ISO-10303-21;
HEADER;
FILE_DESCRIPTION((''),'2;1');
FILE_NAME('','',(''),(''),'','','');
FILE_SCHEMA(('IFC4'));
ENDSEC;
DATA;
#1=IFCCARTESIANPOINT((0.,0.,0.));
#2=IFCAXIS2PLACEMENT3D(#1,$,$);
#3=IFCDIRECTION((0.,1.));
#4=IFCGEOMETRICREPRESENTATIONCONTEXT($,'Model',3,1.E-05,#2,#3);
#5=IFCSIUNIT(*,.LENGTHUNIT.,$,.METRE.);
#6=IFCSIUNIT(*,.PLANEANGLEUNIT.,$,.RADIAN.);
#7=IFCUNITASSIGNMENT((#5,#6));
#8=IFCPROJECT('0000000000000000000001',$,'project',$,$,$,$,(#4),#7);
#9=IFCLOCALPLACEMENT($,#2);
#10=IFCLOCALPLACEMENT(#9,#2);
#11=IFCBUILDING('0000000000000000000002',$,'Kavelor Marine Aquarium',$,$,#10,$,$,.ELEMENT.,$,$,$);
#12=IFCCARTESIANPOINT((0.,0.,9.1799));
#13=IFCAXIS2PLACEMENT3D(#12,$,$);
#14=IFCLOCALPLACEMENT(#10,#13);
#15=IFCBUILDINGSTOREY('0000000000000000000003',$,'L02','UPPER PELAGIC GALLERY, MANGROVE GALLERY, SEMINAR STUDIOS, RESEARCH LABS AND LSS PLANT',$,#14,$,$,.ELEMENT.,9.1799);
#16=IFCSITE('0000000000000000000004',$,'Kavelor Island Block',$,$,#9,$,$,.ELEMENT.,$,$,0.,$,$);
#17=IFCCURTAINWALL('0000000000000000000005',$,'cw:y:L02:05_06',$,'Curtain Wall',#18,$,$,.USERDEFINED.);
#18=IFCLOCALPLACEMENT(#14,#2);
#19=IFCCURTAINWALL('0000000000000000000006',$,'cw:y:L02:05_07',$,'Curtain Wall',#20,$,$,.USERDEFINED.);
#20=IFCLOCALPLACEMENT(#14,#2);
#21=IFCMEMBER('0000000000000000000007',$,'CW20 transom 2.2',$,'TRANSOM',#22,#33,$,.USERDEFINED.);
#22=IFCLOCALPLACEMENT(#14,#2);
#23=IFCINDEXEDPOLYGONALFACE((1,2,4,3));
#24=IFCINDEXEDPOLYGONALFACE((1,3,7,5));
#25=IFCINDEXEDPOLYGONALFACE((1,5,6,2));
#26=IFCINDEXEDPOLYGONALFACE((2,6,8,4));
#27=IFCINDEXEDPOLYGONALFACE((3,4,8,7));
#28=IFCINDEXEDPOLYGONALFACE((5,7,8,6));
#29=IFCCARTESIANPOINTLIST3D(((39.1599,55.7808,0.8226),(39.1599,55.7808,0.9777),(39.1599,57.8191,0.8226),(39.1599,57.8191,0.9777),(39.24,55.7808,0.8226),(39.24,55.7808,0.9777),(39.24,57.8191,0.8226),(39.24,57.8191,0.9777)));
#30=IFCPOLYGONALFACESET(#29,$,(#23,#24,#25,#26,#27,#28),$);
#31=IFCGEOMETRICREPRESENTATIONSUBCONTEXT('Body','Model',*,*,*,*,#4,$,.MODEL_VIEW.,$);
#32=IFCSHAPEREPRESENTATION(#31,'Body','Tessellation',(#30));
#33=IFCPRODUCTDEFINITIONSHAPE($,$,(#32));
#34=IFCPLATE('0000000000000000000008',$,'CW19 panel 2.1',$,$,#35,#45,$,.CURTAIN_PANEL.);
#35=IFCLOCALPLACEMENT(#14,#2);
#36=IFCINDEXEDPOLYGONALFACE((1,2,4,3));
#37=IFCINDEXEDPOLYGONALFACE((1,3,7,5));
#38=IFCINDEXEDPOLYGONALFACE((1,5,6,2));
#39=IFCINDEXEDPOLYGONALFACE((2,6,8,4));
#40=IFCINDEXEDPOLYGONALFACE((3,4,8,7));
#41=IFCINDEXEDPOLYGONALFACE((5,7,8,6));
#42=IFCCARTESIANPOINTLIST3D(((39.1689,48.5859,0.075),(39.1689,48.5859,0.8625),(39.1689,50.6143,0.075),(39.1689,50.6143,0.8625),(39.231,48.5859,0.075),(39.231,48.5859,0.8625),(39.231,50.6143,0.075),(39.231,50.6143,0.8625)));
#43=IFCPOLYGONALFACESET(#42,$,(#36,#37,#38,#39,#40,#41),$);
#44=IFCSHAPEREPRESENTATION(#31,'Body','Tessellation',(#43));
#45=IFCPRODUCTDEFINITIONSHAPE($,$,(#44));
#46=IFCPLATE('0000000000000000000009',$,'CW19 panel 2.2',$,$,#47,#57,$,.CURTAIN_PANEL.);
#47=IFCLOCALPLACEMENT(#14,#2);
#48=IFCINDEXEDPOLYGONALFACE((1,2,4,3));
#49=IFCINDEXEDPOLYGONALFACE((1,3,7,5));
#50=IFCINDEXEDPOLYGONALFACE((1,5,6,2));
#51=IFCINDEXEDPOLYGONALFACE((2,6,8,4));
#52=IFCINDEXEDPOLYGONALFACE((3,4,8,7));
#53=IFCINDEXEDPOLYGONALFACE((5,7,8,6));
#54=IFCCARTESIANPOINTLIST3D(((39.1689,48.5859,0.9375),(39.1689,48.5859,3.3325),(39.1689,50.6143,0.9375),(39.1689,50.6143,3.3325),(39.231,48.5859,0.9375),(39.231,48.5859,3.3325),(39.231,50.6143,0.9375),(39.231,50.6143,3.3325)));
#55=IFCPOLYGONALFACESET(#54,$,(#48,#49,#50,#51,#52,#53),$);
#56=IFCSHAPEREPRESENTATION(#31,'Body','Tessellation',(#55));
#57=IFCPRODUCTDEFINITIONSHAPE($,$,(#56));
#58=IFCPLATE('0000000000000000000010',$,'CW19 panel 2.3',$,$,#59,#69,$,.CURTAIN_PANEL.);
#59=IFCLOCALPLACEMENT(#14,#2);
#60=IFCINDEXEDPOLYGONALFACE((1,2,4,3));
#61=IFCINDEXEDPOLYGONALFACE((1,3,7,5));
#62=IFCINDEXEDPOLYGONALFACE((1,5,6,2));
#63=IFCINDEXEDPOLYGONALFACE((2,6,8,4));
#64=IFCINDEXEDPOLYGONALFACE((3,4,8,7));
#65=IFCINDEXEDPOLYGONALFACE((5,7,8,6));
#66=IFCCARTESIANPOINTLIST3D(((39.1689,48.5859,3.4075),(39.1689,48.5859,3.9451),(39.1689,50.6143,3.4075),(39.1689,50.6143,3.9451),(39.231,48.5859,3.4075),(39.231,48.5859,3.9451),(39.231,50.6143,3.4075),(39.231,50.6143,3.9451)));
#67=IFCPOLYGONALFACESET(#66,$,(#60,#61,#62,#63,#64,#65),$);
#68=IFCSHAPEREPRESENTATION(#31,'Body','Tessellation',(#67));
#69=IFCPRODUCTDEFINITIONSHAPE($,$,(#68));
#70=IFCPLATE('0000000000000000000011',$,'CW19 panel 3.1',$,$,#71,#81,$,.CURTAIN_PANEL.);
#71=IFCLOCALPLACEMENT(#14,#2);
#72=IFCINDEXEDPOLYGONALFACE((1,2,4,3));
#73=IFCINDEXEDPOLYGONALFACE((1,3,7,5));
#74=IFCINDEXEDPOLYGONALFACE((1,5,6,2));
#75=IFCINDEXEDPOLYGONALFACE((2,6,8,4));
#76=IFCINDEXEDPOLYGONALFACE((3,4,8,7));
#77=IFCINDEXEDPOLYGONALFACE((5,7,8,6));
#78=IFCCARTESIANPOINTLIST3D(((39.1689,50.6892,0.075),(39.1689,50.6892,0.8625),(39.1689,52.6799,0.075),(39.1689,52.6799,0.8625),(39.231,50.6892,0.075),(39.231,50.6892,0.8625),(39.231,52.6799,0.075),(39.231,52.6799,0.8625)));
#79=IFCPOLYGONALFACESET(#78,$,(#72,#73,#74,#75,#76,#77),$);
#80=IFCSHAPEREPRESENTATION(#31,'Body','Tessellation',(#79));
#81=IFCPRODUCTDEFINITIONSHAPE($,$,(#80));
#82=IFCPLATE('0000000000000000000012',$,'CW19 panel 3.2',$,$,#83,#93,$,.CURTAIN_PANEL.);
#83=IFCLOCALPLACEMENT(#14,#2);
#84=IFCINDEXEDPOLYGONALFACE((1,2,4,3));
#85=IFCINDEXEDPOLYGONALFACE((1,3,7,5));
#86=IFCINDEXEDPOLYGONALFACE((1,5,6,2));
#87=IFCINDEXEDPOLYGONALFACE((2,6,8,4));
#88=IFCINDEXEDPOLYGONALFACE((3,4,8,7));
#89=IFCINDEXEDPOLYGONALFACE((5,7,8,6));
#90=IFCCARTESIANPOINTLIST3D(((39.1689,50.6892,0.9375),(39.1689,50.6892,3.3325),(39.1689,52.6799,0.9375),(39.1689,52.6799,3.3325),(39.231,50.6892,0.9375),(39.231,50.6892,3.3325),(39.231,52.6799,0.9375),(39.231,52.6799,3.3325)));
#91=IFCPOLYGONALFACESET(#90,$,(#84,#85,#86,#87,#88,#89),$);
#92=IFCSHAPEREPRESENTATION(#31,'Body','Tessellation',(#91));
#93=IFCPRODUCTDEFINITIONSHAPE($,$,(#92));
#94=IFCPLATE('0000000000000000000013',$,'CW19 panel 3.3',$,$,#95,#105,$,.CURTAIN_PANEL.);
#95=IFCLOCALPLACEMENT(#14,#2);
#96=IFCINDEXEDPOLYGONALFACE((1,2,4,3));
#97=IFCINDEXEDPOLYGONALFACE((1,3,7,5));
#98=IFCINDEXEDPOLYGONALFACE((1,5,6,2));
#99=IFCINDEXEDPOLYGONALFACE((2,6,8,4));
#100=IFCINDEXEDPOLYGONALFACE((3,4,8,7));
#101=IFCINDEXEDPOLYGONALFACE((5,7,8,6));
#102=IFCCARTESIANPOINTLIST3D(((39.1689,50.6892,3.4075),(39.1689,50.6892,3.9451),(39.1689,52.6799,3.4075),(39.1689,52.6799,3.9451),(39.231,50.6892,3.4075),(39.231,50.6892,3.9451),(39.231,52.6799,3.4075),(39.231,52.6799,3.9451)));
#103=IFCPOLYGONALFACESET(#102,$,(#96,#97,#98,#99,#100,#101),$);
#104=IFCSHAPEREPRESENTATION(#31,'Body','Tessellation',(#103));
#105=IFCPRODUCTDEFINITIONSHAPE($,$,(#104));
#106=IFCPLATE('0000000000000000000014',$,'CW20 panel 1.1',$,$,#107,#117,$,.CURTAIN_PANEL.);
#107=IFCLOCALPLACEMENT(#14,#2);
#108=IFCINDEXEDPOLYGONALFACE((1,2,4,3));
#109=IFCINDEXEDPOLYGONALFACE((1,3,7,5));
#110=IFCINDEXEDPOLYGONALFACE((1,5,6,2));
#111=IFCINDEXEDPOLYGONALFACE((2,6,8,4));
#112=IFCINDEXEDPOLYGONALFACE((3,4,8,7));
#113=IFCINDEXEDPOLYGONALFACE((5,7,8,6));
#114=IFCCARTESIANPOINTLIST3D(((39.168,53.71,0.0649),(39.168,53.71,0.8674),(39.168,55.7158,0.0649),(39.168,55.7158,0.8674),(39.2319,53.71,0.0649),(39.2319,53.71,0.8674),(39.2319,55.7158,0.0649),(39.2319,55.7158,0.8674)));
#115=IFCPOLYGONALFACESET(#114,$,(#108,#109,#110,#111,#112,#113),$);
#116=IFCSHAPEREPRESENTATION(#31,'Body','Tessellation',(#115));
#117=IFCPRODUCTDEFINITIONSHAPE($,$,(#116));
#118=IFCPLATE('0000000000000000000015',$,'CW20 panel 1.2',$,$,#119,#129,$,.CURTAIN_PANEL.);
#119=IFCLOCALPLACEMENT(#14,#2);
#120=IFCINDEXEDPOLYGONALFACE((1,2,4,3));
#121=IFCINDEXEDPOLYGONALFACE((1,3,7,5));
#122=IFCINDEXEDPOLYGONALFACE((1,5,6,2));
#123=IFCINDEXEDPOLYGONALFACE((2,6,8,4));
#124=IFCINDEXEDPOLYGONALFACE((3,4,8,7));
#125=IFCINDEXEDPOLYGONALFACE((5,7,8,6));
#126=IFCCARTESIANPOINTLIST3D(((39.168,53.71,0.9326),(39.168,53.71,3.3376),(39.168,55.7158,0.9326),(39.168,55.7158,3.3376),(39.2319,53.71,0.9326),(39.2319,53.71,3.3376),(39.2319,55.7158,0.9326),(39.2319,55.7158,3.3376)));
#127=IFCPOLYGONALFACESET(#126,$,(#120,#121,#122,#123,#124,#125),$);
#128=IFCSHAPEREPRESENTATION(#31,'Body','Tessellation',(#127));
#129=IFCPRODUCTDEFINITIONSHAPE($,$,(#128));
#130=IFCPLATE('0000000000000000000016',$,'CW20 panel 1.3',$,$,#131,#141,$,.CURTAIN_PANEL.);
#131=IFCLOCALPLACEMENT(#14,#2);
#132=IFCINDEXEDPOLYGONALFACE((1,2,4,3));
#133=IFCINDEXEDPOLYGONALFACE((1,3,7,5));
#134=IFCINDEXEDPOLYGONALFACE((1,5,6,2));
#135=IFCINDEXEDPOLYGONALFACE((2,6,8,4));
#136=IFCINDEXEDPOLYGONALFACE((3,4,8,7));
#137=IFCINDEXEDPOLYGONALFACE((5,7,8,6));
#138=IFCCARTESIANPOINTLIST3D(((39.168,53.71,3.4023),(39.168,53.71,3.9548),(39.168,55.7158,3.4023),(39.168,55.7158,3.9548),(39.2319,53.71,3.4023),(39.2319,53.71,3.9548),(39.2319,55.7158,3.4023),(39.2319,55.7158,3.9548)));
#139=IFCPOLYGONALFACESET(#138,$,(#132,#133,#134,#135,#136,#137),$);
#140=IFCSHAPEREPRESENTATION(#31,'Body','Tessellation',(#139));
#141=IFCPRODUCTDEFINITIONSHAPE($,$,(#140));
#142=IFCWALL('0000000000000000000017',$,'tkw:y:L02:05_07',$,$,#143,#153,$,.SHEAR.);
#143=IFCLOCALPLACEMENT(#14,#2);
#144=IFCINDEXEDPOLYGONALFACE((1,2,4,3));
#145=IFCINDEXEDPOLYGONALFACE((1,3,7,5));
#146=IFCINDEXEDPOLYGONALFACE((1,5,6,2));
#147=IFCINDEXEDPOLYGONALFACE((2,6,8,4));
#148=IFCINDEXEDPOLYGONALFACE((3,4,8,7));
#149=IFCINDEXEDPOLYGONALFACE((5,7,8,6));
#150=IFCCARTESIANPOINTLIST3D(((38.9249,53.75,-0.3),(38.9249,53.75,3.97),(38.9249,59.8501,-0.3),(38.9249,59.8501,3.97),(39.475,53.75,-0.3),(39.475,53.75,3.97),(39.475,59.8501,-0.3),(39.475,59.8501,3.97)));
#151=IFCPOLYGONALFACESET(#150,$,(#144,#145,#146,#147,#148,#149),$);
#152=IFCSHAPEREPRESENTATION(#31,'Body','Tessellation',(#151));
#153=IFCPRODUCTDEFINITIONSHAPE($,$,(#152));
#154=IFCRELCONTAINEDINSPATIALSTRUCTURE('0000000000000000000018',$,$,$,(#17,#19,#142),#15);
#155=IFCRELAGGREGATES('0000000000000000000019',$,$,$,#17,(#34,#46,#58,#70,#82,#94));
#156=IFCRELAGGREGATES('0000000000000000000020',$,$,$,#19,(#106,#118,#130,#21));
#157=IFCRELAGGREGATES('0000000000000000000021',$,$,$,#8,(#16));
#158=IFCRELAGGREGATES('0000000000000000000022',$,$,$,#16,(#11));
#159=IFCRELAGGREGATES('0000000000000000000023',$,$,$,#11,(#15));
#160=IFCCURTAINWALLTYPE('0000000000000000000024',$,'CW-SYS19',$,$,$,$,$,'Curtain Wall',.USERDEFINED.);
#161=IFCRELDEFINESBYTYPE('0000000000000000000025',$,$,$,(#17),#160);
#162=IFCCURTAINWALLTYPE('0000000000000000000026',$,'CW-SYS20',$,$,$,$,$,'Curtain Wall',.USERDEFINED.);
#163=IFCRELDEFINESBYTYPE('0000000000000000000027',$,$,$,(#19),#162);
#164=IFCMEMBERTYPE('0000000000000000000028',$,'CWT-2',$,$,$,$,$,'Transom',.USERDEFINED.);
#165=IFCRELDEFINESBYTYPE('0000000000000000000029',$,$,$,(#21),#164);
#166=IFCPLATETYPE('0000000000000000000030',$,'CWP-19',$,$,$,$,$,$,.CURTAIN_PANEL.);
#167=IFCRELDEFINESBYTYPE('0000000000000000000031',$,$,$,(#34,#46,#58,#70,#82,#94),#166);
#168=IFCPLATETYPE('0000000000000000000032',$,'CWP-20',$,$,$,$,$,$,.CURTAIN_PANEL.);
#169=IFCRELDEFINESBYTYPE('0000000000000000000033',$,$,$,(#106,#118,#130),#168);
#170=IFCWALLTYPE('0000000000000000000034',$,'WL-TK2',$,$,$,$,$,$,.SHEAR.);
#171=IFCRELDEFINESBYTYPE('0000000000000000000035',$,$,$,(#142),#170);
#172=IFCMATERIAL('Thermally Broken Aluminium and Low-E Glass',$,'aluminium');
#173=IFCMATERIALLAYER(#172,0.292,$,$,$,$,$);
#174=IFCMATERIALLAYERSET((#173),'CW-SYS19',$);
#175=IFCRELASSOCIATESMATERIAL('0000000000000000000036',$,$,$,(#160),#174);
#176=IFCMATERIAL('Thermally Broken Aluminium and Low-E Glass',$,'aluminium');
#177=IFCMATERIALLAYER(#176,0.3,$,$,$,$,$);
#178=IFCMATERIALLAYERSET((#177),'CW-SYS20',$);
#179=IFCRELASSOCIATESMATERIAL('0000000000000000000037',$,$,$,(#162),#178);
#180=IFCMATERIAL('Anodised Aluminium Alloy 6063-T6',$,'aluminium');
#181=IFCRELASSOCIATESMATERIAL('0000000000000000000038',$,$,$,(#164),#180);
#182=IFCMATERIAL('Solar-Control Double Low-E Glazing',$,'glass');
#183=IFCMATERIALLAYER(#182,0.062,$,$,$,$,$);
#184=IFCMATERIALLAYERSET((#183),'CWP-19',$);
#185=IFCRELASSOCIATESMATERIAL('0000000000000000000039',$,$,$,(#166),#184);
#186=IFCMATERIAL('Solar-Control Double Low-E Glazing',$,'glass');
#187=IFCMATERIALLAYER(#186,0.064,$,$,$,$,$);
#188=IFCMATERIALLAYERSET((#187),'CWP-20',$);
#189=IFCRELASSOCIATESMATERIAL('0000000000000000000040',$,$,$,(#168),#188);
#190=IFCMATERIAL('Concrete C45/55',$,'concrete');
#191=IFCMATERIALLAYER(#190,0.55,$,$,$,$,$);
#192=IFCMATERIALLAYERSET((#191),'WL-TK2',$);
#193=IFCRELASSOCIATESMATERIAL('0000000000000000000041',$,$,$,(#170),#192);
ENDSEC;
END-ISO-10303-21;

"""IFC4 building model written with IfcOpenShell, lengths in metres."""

from ifc_helpers import new_model, si_unit, direction, frame, frame_2d, origin, origin_2d, place, context, subcontext, project, spatial, rectangle, extrude, material, layer, layer_set, material_profile, profile_set, type_object, element, aggregate, save


model = new_model("IFC4")

# Units and contexts
model_context = context("Model", 3, precision=1e-05, world=origin(), true_north=direction((0.0, 1.0)))
body_context = subcontext(model_context, "Body", "Model", "MODEL_VIEW")
ifc_project = project(units=[si_unit("LENGTHUNIT", "METRE"), si_unit("PLANEANGLEUNIT", "RADIAN")], contexts=[model_context])

# Site, building, storey
site_placement = place(None, origin())
site = spatial("IfcSite", under=ifc_project, at=site_placement, Name="Kavelor Island Block", CompositionType="ELEMENT", RefElevation=0.0)
building_placement = place(site_placement, origin())
building = spatial("IfcBuilding", under=site, at=building_placement, Name="Kavelor Marine Aquarium", CompositionType="ELEMENT")
storey_placement = place(building_placement, frame((0.0, 0.0, 9.1799)))
storey = spatial("IfcBuildingStorey", under=building, at=storey_placement, Name="L02", Description="UPPER PELAGIC GALLERY, MANGROVE GALLERY, SEMINAR STUDIOS, RESEARCH LABS AND LSS PLANT", CompositionType="ELEMENT", Elevation=9.1799)

# Curtain walls
ifc_material_1 = material(Name="Thermally Broken Aluminium and Low-E Glass", Category="aluminium")
ifc_layer_1 = layer(ifc_material_1, 0.292)
ifc_layer_set_1 = layer_set([ifc_layer_1], Name="CW-SYS19")
curtain_wall_type_1 = type_object("IfcCurtainWallType", Name="CW-SYS19", ElementType="Curtain Wall", PredefinedType="USERDEFINED", material=ifc_layer_set_1)
curtain_wall_1_placement = place(storey_placement, origin())
curtain_wall_1 = element("IfcCurtainWall", 1, at=curtain_wall_1_placement, inside=storey, type_object=curtain_wall_type_1, Name="cw:y:L02:05_06", ObjectType="Curtain Wall", PredefinedType="USERDEFINED")
ifc_material_2 = material(Name="Thermally Broken Aluminium and Low-E Glass", Category="aluminium")
ifc_layer_2 = layer(ifc_material_2, 0.3)
ifc_layer_set_2 = layer_set([ifc_layer_2], Name="CW-SYS20")
curtain_wall_type_2 = type_object("IfcCurtainWallType", Name="CW-SYS20", ElementType="Curtain Wall", PredefinedType="USERDEFINED", material=ifc_layer_set_2)
curtain_wall_2_placement = place(storey_placement, origin())
curtain_wall_2 = element("IfcCurtainWall", 2, at=curtain_wall_2_placement, inside=storey, type_object=curtain_wall_type_2, Name="cw:y:L02:05_07", ObjectType="Curtain Wall", PredefinedType="USERDEFINED")

# Member
ifc_material_3 = material(Name="Anodised Aluminium Alloy 6063-T6", Category="aluminium")
ifc_material_profile_1 = material_profile(ifc_material_3, rectangle(XDim=0.0801, YDim=0.155, at=origin_2d()), Name="CW-TRN 80x155")
ifc_profile_set_1 = profile_set([ifc_material_profile_1], Name="Anodised Aluminium Alloy 6063-T6")
member_type_1 = type_object("IfcMemberType", Name="CWT-2", ElementType="Transom", PredefinedType="USERDEFINED", material=ifc_profile_set_1)
member_1_placement = place(storey_placement, frame((39.2, 55.7808, 0.9001), z_axis=(0.0, 1.0, 0.0), x_axis=(-1.0, 0.0, 0.0)))
member_1 = element("IfcMember", 3, at=member_1_placement, type_object=member_type_1, Name="CW20 transom 2.2", ObjectType="TRANSOM", PredefinedType="USERDEFINED", context=body_context, shape_type="SweptSolid", body=[
    extrude(rectangle(XDim=0.0801, YDim=0.155, at=origin_2d()), origin(), (0.0, 0.0, 1.0), 2.0383),
])

# Plates
ifc_material_4 = material(Name="Solar-Control Double Low-E Glazing", Category="glass")
ifc_layer_3 = layer(ifc_material_4, 0.062)
ifc_layer_set_3 = layer_set([ifc_layer_3], Name="CWP-19")
plate_type_1 = type_object("IfcPlateType", Name="CWP-19", PredefinedType="CURTAIN_PANEL", material=ifc_layer_set_3)
plate_1_placement = place(storey_placement, frame((39.2, 49.6001, 0.075), z_axis=(0.0, 0.0, 1.0), x_axis=(0.0, 1.0, 0.0)))
plate_1 = element("IfcPlate", 4, at=plate_1_placement, type_object=plate_type_1, Name="CW19 panel 2.1", PredefinedType="CURTAIN_PANEL", context=body_context, shape_type="SweptSolid", body=[
    extrude(rectangle(XDim=2.0283, YDim=0.062, at=origin_2d()), origin(), (0.0, 0.0, 1.0), 0.7876),
])
plate_2_placement = place(storey_placement, frame((39.2, 49.6001, 0.9375), z_axis=(0.0, 0.0, 1.0), x_axis=(0.0, 1.0, 0.0)))
plate_2 = element("IfcPlate", 5, at=plate_2_placement, type_object=plate_type_1, Name="CW19 panel 2.2", PredefinedType="CURTAIN_PANEL", context=body_context, shape_type="SweptSolid", body=[
    extrude(rectangle(XDim=2.0283, YDim=0.062, at=origin_2d()), origin(), (0.0, 0.0, 1.0), 2.395),
])
plate_3_placement = place(storey_placement, frame((39.2, 49.6001, 3.4075), z_axis=(0.0, 0.0, 1.0), x_axis=(0.0, 1.0, 0.0)))
plate_3 = element("IfcPlate", 6, at=plate_3_placement, type_object=plate_type_1, Name="CW19 panel 2.3", PredefinedType="CURTAIN_PANEL", context=body_context, shape_type="SweptSolid", body=[
    extrude(rectangle(XDim=2.0283, YDim=0.062, at=origin_2d()), origin(), (0.0, 0.0, 1.0), 0.5376),
])
plate_4_placement = place(storey_placement, frame((39.2, 51.6846, 0.075), z_axis=(0.0, 0.0, 1.0), x_axis=(0.0, 1.0, 0.0)))
plate_4 = element("IfcPlate", 7, at=plate_4_placement, type_object=plate_type_1, Name="CW19 panel 3.1", PredefinedType="CURTAIN_PANEL", context=body_context, shape_type="SweptSolid", body=[
    extrude(rectangle(XDim=1.9907, YDim=0.062, at=origin_2d()), origin(), (0.0, 0.0, 1.0), 0.7876),
])
plate_5_placement = place(storey_placement, frame((39.2, 51.6846, 0.9375), z_axis=(0.0, 0.0, 1.0), x_axis=(0.0, 1.0, 0.0)))
plate_5 = element("IfcPlate", 8, at=plate_5_placement, type_object=plate_type_1, Name="CW19 panel 3.2", PredefinedType="CURTAIN_PANEL", context=body_context, shape_type="SweptSolid", body=[
    extrude(rectangle(XDim=1.9907, YDim=0.062, at=origin_2d()), origin(), (0.0, 0.0, 1.0), 2.395),
])
plate_6_placement = place(storey_placement, frame((39.2, 51.6846, 3.4075), z_axis=(0.0, 0.0, 1.0), x_axis=(0.0, 1.0, 0.0)))
plate_6 = element("IfcPlate", 9, at=plate_6_placement, type_object=plate_type_1, Name="CW19 panel 3.3", PredefinedType="CURTAIN_PANEL", context=body_context, shape_type="SweptSolid", body=[
    extrude(rectangle(XDim=1.9907, YDim=0.062, at=origin_2d()), origin(), (0.0, 0.0, 1.0), 0.5376),
])
aggregate(curtain_wall_1, [plate_1, plate_2, plate_3, plate_4, plate_5, plate_6])
ifc_material_5 = material(Name="Solar-Control Double Low-E Glazing", Category="glass")
ifc_layer_4 = layer(ifc_material_5, 0.064)
ifc_layer_set_4 = layer_set([ifc_layer_4], Name="CWP-20")
plate_type_2 = type_object("IfcPlateType", Name="CWP-20", PredefinedType="CURTAIN_PANEL", material=ifc_layer_set_4)
plate_7_placement = place(storey_placement, frame((39.2, 54.7129, 0.0649), z_axis=(0.0, 0.0, 1.0), x_axis=(0.0, 1.0, 0.0)))
plate_7 = element("IfcPlate", 10, at=plate_7_placement, type_object=plate_type_2, Name="CW20 panel 1.1", PredefinedType="CURTAIN_PANEL", context=body_context, shape_type="SweptSolid", body=[
    extrude(rectangle(XDim=2.0059, YDim=0.064, at=origin_2d()), origin(), (0.0, 0.0, 1.0), 0.8025),
])
plate_8_placement = place(storey_placement, frame((39.2, 54.7129, 0.9326), z_axis=(0.0, 0.0, 1.0), x_axis=(0.0, 1.0, 0.0)))
plate_8 = element("IfcPlate", 11, at=plate_8_placement, type_object=plate_type_2, Name="CW20 panel 1.2", PredefinedType="CURTAIN_PANEL", context=body_context, shape_type="SweptSolid", body=[
    extrude(rectangle(XDim=2.0059, YDim=0.064, at=origin_2d()), origin(), (0.0, 0.0, 1.0), 2.405),
])
plate_9_placement = place(storey_placement, frame((39.2, 54.7129, 3.4023), z_axis=(0.0, 0.0, 1.0), x_axis=(0.0, 1.0, 0.0)))
plate_9 = element("IfcPlate", 12, at=plate_9_placement, type_object=plate_type_2, Name="CW20 panel 1.3", PredefinedType="CURTAIN_PANEL", context=body_context, shape_type="SweptSolid", body=[
    extrude(rectangle(XDim=2.0059, YDim=0.064, at=origin_2d()), origin(), (0.0, 0.0, 1.0), 0.5525),
])
aggregate(curtain_wall_2, [plate_7, plate_8, plate_9, member_1])

# Wall
ifc_material_6 = material(Name="Concrete C45/55", Category="concrete")
ifc_layer_5 = layer(ifc_material_6, 0.55)
ifc_layer_set_5 = layer_set([ifc_layer_5], Name="WL-TK2")
wall_type = type_object("IfcWallType", Name="WL-TK2", PredefinedType="SHEAR", material=ifc_layer_set_5)
wall_placement = place(storey_placement, frame((39.2, 53.75, -0.3), z_axis=(0.0, 0.0, 1.0), x_axis=(0.0, 1.0, 0.0)))
element("IfcWall", 13, at=wall_placement, inside=storey, type_object=wall_type, Name="tkw:y:L02:05_07", PredefinedType="SHEAR", context=body_context, shape_type="SweptSolid", body=[
    extrude(rectangle(XDim=6.1001, YDim=0.55, at=frame_2d((3.05, 0.0))), origin(), (0.0, 0.0, 1.0), 4.27),
])

save(model, "model.ifc")
